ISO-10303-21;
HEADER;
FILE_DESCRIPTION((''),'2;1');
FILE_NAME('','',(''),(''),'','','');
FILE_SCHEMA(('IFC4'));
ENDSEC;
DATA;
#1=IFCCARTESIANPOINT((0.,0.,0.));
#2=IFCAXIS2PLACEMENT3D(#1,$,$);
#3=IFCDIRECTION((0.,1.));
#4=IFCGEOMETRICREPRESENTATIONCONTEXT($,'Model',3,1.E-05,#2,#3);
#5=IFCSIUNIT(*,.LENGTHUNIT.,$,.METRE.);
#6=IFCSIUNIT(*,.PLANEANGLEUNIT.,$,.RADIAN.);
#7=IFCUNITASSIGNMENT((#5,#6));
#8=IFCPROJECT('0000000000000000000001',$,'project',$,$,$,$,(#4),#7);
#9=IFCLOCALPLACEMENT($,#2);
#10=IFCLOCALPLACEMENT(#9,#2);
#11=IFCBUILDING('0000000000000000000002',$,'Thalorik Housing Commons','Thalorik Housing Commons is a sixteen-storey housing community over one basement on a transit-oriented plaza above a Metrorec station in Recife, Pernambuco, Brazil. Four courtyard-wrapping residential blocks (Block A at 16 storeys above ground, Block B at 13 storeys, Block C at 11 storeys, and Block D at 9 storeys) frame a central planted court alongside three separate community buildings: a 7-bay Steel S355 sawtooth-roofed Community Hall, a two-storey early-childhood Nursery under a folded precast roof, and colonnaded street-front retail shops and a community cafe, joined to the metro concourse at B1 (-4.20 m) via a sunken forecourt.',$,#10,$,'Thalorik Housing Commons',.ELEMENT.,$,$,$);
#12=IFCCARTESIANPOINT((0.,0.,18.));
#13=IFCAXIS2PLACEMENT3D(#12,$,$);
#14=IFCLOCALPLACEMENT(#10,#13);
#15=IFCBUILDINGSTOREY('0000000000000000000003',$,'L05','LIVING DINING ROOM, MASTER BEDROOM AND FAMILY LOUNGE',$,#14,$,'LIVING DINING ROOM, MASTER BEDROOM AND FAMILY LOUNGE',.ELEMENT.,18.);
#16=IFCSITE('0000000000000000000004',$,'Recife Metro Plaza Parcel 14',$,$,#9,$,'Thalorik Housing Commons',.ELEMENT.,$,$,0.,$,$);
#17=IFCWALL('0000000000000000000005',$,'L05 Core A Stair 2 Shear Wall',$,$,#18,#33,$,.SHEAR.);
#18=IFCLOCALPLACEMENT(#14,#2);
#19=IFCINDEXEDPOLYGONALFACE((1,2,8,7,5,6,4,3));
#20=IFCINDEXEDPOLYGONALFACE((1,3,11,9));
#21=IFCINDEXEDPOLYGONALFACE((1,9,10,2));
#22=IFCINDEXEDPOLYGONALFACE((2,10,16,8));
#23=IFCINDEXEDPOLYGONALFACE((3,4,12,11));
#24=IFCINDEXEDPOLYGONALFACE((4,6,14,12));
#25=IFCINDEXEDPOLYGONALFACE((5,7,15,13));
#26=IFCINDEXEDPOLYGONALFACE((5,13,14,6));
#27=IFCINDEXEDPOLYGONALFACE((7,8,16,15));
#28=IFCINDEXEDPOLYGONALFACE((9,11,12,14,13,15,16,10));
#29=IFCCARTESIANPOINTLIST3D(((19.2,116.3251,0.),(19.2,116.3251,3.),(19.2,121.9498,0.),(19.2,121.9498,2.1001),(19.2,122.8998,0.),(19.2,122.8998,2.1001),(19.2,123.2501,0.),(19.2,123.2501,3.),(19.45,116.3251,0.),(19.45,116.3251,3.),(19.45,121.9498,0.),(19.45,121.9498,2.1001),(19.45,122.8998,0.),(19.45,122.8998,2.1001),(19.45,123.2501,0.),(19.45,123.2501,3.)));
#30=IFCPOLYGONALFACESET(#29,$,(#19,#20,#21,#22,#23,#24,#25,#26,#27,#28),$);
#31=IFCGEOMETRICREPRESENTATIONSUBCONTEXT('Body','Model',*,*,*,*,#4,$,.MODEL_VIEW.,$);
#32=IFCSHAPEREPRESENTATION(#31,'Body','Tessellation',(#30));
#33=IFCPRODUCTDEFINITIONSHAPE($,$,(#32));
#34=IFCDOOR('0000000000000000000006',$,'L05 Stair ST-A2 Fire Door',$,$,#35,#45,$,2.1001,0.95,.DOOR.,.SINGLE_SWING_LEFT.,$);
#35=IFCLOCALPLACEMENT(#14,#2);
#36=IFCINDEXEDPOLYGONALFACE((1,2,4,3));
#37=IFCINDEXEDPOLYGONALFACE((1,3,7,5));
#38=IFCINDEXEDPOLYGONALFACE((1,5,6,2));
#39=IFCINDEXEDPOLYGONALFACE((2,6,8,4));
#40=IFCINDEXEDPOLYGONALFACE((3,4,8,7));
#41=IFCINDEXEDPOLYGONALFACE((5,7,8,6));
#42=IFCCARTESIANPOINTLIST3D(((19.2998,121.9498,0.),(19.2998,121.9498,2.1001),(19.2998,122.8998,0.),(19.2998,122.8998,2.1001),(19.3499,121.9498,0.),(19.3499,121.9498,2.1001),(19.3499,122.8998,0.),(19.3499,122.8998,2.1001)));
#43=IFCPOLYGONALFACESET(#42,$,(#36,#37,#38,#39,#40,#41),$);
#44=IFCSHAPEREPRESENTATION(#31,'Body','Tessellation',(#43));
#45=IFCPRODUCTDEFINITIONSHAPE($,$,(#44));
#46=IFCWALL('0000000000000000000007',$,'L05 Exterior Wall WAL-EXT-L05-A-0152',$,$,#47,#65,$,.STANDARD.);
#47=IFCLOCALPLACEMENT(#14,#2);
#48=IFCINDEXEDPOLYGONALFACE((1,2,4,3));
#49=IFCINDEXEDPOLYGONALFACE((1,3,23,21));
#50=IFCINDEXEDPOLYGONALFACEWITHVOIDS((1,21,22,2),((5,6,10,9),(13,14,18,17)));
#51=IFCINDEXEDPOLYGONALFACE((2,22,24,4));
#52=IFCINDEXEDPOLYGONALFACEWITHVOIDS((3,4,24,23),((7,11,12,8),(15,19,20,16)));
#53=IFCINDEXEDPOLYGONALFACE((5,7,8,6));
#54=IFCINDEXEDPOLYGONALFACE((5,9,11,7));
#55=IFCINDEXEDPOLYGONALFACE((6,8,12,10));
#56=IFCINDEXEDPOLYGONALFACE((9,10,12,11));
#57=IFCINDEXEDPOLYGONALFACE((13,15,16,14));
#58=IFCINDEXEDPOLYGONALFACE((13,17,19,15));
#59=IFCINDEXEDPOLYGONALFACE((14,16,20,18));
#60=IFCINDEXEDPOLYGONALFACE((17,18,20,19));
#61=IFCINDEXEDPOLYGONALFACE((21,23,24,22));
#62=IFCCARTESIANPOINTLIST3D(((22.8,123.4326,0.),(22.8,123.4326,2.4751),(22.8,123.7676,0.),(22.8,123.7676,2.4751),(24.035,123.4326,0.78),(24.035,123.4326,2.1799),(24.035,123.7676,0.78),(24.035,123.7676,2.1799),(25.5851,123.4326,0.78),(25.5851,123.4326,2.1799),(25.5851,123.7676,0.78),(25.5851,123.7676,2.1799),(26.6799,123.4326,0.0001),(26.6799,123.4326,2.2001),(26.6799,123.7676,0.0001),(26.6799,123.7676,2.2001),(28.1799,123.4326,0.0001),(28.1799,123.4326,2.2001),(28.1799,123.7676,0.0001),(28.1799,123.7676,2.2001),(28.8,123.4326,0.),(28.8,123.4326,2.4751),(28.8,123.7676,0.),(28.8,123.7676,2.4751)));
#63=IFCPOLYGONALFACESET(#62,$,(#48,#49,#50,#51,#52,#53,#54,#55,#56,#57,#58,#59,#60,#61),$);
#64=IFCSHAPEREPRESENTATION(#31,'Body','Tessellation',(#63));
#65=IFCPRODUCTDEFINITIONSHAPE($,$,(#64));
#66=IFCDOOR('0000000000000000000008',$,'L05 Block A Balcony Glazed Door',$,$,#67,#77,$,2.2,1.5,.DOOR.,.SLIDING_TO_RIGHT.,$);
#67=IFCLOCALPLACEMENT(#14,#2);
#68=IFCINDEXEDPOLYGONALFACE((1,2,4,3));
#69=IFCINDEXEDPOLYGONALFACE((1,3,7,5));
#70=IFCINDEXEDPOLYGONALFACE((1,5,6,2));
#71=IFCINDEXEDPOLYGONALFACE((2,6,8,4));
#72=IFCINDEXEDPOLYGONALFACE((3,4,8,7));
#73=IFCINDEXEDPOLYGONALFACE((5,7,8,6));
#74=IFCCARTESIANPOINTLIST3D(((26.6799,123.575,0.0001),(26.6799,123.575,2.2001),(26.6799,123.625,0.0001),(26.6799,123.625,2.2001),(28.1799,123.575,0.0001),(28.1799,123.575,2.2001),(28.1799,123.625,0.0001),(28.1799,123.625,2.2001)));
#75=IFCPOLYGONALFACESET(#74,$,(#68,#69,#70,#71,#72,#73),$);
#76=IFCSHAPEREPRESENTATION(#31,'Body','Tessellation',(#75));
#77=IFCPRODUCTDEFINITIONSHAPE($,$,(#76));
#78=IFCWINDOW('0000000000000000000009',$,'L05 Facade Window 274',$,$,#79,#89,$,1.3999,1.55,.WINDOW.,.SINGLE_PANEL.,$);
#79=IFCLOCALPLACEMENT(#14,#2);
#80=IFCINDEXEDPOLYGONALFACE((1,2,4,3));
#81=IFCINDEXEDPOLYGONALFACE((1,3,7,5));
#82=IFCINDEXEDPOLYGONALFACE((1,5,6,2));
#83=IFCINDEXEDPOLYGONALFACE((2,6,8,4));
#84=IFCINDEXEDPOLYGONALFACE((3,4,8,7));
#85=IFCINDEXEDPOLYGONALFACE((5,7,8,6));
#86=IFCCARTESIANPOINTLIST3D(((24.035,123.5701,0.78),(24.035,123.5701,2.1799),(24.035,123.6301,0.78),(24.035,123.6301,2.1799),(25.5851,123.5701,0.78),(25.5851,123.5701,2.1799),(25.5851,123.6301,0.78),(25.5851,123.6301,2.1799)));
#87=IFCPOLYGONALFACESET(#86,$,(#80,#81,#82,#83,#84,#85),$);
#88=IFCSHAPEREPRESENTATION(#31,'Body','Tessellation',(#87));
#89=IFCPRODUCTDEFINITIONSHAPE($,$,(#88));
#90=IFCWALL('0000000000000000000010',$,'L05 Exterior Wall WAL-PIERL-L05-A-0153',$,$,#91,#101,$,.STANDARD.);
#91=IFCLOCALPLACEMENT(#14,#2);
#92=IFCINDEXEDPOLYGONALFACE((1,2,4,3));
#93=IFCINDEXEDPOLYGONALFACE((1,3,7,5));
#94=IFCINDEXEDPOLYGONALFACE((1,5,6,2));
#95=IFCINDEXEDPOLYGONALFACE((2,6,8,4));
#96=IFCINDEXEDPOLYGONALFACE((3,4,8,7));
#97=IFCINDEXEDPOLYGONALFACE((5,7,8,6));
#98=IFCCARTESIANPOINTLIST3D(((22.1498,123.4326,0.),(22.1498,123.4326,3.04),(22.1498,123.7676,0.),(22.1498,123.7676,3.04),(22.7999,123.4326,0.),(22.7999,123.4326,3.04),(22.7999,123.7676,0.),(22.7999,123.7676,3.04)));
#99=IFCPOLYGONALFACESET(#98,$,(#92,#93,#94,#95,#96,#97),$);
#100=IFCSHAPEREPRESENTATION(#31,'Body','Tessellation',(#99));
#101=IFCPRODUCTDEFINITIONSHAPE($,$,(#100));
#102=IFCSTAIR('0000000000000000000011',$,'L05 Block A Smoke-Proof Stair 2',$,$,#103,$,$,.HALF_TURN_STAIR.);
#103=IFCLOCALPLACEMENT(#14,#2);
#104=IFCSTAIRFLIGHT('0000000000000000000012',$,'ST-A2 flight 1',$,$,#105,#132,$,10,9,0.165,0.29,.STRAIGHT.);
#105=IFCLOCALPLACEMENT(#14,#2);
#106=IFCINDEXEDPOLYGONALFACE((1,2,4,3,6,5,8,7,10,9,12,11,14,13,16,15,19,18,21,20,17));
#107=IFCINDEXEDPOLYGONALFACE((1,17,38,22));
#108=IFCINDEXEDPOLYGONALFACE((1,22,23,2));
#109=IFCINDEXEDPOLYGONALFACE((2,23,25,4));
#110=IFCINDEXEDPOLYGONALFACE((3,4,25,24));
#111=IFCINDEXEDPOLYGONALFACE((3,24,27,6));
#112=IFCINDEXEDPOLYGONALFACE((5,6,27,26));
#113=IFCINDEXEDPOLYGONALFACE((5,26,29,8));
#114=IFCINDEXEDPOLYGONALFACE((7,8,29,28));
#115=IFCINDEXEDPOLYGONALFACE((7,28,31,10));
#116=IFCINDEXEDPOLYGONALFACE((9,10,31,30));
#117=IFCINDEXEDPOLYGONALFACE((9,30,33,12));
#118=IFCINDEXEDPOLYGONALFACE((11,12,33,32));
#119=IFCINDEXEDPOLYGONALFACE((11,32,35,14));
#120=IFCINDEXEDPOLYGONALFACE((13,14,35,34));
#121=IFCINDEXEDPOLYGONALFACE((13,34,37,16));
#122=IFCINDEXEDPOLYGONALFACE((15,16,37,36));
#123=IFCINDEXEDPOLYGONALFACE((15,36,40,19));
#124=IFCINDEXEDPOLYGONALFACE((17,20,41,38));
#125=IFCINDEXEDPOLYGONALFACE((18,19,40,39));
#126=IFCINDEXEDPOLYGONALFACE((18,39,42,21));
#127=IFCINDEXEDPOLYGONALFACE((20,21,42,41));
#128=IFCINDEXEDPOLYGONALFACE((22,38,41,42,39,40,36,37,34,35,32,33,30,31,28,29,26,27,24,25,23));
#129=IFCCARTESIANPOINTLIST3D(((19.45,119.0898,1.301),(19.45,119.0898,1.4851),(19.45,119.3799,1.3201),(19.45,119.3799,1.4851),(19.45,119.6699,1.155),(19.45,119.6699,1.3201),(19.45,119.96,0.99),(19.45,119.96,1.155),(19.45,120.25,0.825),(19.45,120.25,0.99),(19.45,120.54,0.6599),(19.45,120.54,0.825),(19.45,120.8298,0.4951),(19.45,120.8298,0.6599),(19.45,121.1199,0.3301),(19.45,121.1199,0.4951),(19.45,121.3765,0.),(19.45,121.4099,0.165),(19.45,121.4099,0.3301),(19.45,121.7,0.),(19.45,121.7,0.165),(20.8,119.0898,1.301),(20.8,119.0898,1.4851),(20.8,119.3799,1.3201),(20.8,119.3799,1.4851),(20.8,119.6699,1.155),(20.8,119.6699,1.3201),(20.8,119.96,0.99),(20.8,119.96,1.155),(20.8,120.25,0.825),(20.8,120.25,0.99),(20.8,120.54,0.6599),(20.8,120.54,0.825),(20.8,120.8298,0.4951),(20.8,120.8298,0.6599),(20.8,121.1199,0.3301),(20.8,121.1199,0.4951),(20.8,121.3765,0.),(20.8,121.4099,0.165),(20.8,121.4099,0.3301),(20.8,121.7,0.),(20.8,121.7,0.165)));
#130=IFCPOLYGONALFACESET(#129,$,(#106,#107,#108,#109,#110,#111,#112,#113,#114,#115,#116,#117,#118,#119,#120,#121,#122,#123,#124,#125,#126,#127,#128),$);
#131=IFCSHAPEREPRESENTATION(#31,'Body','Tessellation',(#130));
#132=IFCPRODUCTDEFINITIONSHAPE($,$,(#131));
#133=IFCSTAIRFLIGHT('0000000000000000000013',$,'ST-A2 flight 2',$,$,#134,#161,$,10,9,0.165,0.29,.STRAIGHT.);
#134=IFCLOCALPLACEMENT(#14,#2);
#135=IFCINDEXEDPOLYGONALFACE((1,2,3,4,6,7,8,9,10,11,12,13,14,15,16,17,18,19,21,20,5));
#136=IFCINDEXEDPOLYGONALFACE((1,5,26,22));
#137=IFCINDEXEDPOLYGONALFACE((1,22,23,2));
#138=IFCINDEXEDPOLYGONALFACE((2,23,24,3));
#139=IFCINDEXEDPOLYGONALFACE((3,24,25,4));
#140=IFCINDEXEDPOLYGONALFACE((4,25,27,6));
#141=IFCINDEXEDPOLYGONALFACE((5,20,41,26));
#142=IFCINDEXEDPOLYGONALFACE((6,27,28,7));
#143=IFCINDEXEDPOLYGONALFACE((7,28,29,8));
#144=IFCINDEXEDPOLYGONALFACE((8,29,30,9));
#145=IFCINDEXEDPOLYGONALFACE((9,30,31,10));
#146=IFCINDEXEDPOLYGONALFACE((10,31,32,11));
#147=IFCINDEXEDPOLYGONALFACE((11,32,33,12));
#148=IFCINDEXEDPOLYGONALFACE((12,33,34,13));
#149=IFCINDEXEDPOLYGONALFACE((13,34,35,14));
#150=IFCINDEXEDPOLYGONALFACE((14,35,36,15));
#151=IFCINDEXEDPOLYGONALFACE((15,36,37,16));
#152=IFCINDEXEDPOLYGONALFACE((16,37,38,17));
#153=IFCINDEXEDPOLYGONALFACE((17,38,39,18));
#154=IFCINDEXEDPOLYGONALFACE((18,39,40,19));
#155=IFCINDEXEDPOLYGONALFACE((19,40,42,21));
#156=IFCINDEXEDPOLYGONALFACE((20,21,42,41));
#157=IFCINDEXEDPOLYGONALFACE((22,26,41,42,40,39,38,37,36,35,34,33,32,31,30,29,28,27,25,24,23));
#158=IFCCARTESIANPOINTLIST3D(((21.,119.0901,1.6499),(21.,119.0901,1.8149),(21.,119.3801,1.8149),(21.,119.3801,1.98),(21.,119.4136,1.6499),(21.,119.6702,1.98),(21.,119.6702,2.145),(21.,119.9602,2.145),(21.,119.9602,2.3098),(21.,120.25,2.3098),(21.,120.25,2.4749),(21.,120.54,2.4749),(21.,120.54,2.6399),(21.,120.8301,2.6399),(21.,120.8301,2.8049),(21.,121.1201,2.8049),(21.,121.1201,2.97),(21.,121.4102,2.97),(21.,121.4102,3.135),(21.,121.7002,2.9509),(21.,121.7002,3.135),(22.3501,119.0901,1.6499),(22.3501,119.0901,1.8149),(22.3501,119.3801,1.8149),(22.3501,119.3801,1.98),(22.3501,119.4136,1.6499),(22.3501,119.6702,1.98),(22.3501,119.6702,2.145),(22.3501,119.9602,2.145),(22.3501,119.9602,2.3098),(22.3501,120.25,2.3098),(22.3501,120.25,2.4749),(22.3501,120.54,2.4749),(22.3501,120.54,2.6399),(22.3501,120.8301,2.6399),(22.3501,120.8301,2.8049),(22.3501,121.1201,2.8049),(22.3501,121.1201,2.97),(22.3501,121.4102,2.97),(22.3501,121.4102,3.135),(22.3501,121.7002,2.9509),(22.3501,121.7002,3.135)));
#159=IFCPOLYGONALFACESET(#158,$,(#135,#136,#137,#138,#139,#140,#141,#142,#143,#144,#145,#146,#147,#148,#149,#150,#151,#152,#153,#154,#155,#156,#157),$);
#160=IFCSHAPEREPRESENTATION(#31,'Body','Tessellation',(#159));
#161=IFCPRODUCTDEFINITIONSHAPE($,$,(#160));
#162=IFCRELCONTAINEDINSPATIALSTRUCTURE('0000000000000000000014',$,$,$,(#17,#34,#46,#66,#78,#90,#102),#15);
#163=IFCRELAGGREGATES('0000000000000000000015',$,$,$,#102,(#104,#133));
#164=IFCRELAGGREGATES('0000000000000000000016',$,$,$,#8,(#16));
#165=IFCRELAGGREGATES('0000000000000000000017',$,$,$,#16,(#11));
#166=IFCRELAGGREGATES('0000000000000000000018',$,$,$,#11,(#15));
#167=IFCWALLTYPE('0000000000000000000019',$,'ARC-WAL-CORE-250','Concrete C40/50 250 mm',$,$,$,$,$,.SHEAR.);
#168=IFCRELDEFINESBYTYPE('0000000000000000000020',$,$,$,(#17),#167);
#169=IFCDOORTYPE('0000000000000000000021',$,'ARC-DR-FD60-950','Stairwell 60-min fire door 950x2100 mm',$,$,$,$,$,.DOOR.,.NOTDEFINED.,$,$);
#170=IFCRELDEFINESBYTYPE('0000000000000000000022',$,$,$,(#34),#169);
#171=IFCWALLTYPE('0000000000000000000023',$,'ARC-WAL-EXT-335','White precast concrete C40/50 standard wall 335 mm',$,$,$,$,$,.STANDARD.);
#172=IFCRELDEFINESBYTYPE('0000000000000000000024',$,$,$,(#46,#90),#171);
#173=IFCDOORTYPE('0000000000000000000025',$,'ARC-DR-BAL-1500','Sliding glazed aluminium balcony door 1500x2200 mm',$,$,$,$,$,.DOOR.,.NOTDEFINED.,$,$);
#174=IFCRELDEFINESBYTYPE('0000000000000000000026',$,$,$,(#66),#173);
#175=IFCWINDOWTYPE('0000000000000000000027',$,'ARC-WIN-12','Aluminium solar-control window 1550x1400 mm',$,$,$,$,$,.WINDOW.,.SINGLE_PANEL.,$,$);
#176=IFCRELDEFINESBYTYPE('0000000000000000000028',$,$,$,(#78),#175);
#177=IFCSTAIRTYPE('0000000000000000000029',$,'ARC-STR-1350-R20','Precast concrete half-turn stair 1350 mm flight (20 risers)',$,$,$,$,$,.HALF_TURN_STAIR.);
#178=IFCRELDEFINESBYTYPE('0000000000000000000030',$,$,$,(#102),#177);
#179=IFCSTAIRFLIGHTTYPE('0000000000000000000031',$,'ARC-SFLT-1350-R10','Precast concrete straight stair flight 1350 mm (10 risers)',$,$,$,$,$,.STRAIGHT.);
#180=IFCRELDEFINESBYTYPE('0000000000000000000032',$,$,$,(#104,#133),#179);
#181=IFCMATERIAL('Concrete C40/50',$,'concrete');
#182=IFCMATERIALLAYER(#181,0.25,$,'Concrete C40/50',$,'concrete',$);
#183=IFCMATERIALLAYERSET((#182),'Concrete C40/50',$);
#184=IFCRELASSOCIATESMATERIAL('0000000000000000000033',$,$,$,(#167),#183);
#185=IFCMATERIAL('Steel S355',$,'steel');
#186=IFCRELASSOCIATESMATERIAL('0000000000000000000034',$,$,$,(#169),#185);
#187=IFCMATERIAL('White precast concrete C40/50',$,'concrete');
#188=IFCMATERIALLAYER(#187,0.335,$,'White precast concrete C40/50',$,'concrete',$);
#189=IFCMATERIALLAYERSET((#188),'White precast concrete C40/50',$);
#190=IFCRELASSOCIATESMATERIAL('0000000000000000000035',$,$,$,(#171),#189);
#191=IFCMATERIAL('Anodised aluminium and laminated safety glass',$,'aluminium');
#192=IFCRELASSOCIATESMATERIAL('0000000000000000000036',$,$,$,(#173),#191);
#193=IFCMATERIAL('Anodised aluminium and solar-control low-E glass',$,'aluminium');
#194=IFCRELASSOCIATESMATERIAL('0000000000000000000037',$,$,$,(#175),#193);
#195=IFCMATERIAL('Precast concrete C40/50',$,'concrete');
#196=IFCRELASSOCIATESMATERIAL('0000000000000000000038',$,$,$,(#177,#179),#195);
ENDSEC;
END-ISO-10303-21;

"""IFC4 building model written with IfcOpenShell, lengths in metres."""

from ifc_helpers import new_model, si_unit, direction, frame, frame_2d, origin, place, context, subcontext, project, spatial, polyline, rectangle, outline, extrude, material, layer, layer_set, type_object, element, fill, aggregate, save


model = new_model("IFC4")

# Units and contexts
model_context = context("Model", 3, precision=1e-05, world=origin(), true_north=direction((0.0, 1.0)))
body_context = subcontext(model_context, "Body", "Model", "MODEL_VIEW")
ifc_project = project(units=[si_unit("LENGTHUNIT", "METRE"), si_unit("PLANEANGLEUNIT", "RADIAN")], contexts=[model_context])

# Site, building, storey
site_placement = place(None, origin())
site = spatial("IfcSite", under=ifc_project, at=site_placement, Name="Recife Metro Plaza Parcel 14", LongName="Thalorik Housing Commons", CompositionType="ELEMENT", RefElevation=0.0)
building_placement = place(site_placement, origin())
building = spatial("IfcBuilding", under=site, at=building_placement, Name="Thalorik Housing Commons", Description="Thalorik Housing Commons is a sixteen-storey housing community over one basement on a transit-oriented plaza above a Metrorec station in Recife, Pernambuco, Brazil. Four courtyard-wrapping residential blocks (Block A at 16 storeys above ground, Block B at 13 storeys, Block C at 11 storeys, and Block D at 9 storeys) frame a central planted court alongside three separate community buildings: a 7-bay Steel S355 sawtooth-roofed Community Hall, a two-storey early-childhood Nursery under a folded precast roof, and colonnaded street-front retail shops and a community cafe, joined to the metro concourse at B1 (-4.20 m) via a sunken forecourt.", LongName="Thalorik Housing Commons", CompositionType="ELEMENT")
storey_placement = place(building_placement, frame((0.0, 0.0, 18.0)))
storey = spatial("IfcBuildingStorey", under=building, at=storey_placement, Name="L05", Description="LIVING DINING ROOM, MASTER BEDROOM AND FAMILY LOUNGE", LongName="LIVING DINING ROOM, MASTER BEDROOM AND FAMILY LOUNGE", CompositionType="ELEMENT", Elevation=18.0)

# Shared definitions
ifc_material_1 = material(Name="Precast concrete C40/50", Category="concrete")

# Shared definitions
ifc_material_2 = material(Name="Anodised aluminium and solar-control low-E glass", Category="aluminium")

# Shared definitions
ifc_material_3 = material(Name="Concrete C40/50", Category="concrete")
ifc_layer_1 = layer(ifc_material_3, 0.25, Name="Concrete C40/50", Category="concrete")
ifc_layer_set_1 = layer_set([ifc_layer_1], Name="Concrete C40/50")
wall_type_1 = type_object("IfcWallType", Name="ARC-WAL-CORE-250", Description="Concrete C40/50 250 mm", PredefinedType="SHEAR", material=ifc_layer_set_1)

# Wall, opening, door
wall_1_placement = place(storey_placement, frame((19.325, 123.25, 0.0), z_axis=(0.0, 0.0, 1.0), x_axis=(0.0, -1.0, 0.0)))
wall_1 = element("IfcWall", 1, at=wall_1_placement, inside=storey, type_object=wall_type_1, Name="L05 Core A Stair 2 Shear Wall", PredefinedType="SHEAR", context=body_context, shape_type="SweptSolid", body=[
    extrude(rectangle(XDim=6.925, YDim=0.25, at=frame_2d((3.4624, 0.0))), origin(), (0.0, 0.0, 1.0), 3.0),
])
opening_1_placement = place(wall_1_placement, frame((0.3501, 0.0, 0.0)))
opening_1 = element("IfcOpeningElement", 2, at=opening_1_placement, cuts=wall_1, PredefinedType="OPENING", context=body_context, shape_type="SweptSolid", body=[
    extrude(rectangle(XDim=0.95, YDim=2.1001, at=frame_2d((0.4751, 1.05))), frame((0.0, 0.135, 0.0), z_axis=(0.0, -1.0, 0.0), x_axis=(1.0, 0.0, 0.0)), (0.0, 0.0, 1.0), 0.27),
])
ifc_material_4 = material(Name="Steel S355", Category="steel")
door_type_1 = type_object("IfcDoorType", Name="ARC-DR-FD60-950", Description="Stairwell 60-min fire door 950x2100 mm", OperationType="NOTDEFINED", PredefinedType="DOOR", material=ifc_material_4)
door_1_placement = place(opening_1_placement, origin())
door_1 = element("IfcDoor", 3, at=door_1_placement, inside=storey, type_object=door_type_1, Name="L05 Stair ST-A2 Fire Door", OperationType="SINGLE_SWING_LEFT", OverallHeight=2.1001, OverallWidth=0.95, PredefinedType="DOOR", context=body_context, shape_type="SweptSolid", body=[
    extrude(rectangle(XDim=0.95, YDim=2.1001, at=frame_2d((0.4751, 1.05))), frame((0.0, 0.0249, 0.0), z_axis=(0.0, -1.0, 0.0), x_axis=(1.0, 0.0, 0.0)), (0.0, 0.0, 1.0), 0.05),
])
fill(opening_1, door_1)

# Wall, openings, door, window
ifc_material_5 = material(Name="White precast concrete C40/50", Category="concrete")
ifc_layer_2 = layer(ifc_material_5, 0.335, Name="White precast concrete C40/50", Category="concrete")
ifc_layer_set_2 = layer_set([ifc_layer_2], Name="White precast concrete C40/50")
wall_type_2 = type_object("IfcWallType", Name="ARC-WAL-EXT-335", Description="White precast concrete C40/50 standard wall 335 mm", PredefinedType="STANDARD", material=ifc_layer_set_2)
wall_2_placement = place(storey_placement, frame((28.8, 123.6001, 0.0), z_axis=(0.0, 0.0, 1.0), x_axis=(-1.0, 0.0, 0.0)))
wall_2 = element("IfcWall", 4, at=wall_2_placement, inside=storey, type_object=wall_type_2, Name="L05 Exterior Wall WAL-EXT-L05-A-0152", PredefinedType="STANDARD", context=body_context, shape_type="SweptSolid", body=[
    extrude(rectangle(XDim=6.0, YDim=0.335, at=frame_2d((3.0, 0.0))), origin(), (0.0, 0.0, 1.0), 2.4751),
])
opening_2_placement = place(wall_2_placement, frame((0.6201, 0.0, 0.0)))
opening_2 = element("IfcOpeningElement", 5, at=opening_2_placement, cuts=wall_2, PredefinedType="OPENING", context=body_context, shape_type="SweptSolid", body=[
    extrude(rectangle(XDim=1.5, YDim=2.2, at=frame_2d((0.75, 1.1001))), frame((0.0, 0.1775, 0.0), z_axis=(0.0, -1.0, 0.0), x_axis=(1.0, 0.0, 0.0)), (0.0, 0.0, 1.0), 0.355),
])
opening_3_placement = place(wall_2_placement, frame((3.2151, 0.0, 0.78)))
opening_3 = element("IfcOpeningElement", 6, at=opening_3_placement, cuts=wall_2, PredefinedType="OPENING", context=body_context, shape_type="SweptSolid", body=[
    extrude(rectangle(XDim=1.55, YDim=1.3999, at=frame_2d((0.7749, 0.7))), frame((0.0, 0.1775, 0.0), z_axis=(0.0, -1.0, 0.0), x_axis=(1.0, 0.0, 0.0)), (0.0, 0.0, 1.0), 0.355),
])
ifc_material_6 = material(Name="Anodised aluminium and laminated safety glass", Category="aluminium")
door_type_2 = type_object("IfcDoorType", Name="ARC-DR-BAL-1500", Description="Sliding glazed aluminium balcony door 1500x2200 mm", OperationType="NOTDEFINED", PredefinedType="DOOR", material=ifc_material_6)
door_2_placement = place(opening_2_placement, frame((1.5, 0.0, 0.0), z_axis=(0.0, 0.0, 1.0), x_axis=(-1.0, 0.0, 0.0)))
door_2 = element("IfcDoor", 7, at=door_2_placement, inside=storey, type_object=door_type_2, Name="L05 Block A Balcony Glazed Door", OperationType="SLIDING_TO_RIGHT", OverallHeight=2.2, OverallWidth=1.5, PredefinedType="DOOR", context=body_context, shape_type="SweptSolid", body=[
    extrude(rectangle(XDim=1.5, YDim=2.2, at=frame_2d((0.75, 1.1001))), frame((0.0, 0.0249, 0.0), z_axis=(0.0, -1.0, 0.0), x_axis=(1.0, 0.0, 0.0)), (0.0, 0.0, 1.0), 0.05),
])
fill(opening_2, door_2)
window_type = type_object("IfcWindowType", Name="ARC-WIN-12", Description="Aluminium solar-control window 1550x1400 mm", PartitioningType="SINGLE_PANEL", PredefinedType="WINDOW", material=ifc_material_2)
window_placement = place(opening_3_placement, origin())
window = element("IfcWindow", 8, at=window_placement, inside=storey, type_object=window_type, Name="L05 Facade Window 274", OverallHeight=1.3999, OverallWidth=1.55, PartitioningType="SINGLE_PANEL", PredefinedType="WINDOW", context=body_context, shape_type="SweptSolid", body=[
    extrude(rectangle(XDim=1.55, YDim=1.3999, at=frame_2d((0.7749, 0.7))), frame((0.0, 0.03, 0.0), z_axis=(0.0, -1.0, 0.0), x_axis=(1.0, 0.0, 0.0)), (0.0, 0.0, 1.0), 0.0601),
])
fill(opening_3, window)

# Wall
wall_3_placement = place(storey_placement, frame((22.8, 123.6001, 0.0), z_axis=(0.0, 0.0, 1.0), x_axis=(-1.0, 0.0, 0.0)))
element("IfcWall", 9, at=wall_3_placement, inside=storey, type_object=wall_type_2, Name="L05 Exterior Wall WAL-PIERL-L05-A-0153", PredefinedType="STANDARD", context=body_context, shape_type="SweptSolid", body=[
    extrude(rectangle(XDim=0.6501, YDim=0.335, at=frame_2d((0.3252, 0.0))), origin(), (0.0, 0.0, 1.0), 3.04),
])

# Stair, stair flights
stair_type = type_object("IfcStairType", Name="ARC-STR-1350-R20", Description="Precast concrete half-turn stair 1350 mm flight (20 risers)", PredefinedType="HALF_TURN_STAIR", material=ifc_material_1)
stair_placement = place(storey_placement, origin())
stair = element("IfcStair", 10, at=stair_placement, inside=storey, type_object=stair_type, Name="L05 Block A Smoke-Proof Stair 2", PredefinedType="HALF_TURN_STAIR")
stair_flight_type = type_object("IfcStairFlightType", Name="ARC-SFLT-1350-R10", Description="Precast concrete straight stair flight 1350 mm (10 risers)", PredefinedType="STRAIGHT", material=ifc_material_1)
stair_flight_1_placement = place(storey_placement, frame((20.125, 121.7, 0.0), z_axis=(0.0, 0.0, 1.0), x_axis=(0.0, -1.0, 0.0)))
stair_flight_1 = element("IfcStairFlight", 11, at=stair_flight_1_placement, type_object=stair_flight_type, Name="ST-A2 flight 1", NumberOfRisers=10, NumberOfTreads=9, PredefinedType="STRAIGHT", RiserHeight=0.165, TreadLength=0.29, context=body_context, shape_type="SweptSolid", body=[
    extrude(outline(polyline([(0.0, 0.0), (0.0, 0.165), (0.29, 0.165), (0.29, 0.3301), (0.5801, 0.3301), (0.5801, 0.4951), (0.8701, 0.4951), (0.8701, 0.6599), (1.1599, 0.6599), (1.1599, 0.825), (1.45, 0.825), (1.45, 0.99), (1.74, 0.99), (1.74, 1.155), (2.03, 1.155), (2.03, 1.3201), (2.3201, 1.3201), (2.3201, 1.4851), (2.6101, 1.4851), (2.6101, 1.6499), (2.6101, 1.301), (0.3235, 0.0), (0.0, 0.0)])), frame((0.0, 0.675, 0.0), z_axis=(0.0, -1.0, 0.0), x_axis=(1.0, 0.0, 0.0)), (0.0, 0.0, 1.0), 1.3501),
])
stair_flight_2_placement = place(storey_placement, frame((21.675, 119.0901, 1.6499), z_axis=(0.0, 0.0, 1.0), x_axis=(0.0, 1.0, 0.0)))
stair_flight_2 = element("IfcStairFlight", 12, at=stair_flight_2_placement, type_object=stair_flight_type, Name="ST-A2 flight 2", NumberOfRisers=10, NumberOfTreads=9, PredefinedType="STRAIGHT", RiserHeight=0.165, TreadLength=0.29, context=body_context, shape_type="SweptSolid", body=[
    extrude(outline(polyline([(0.0, 0.0), (0.0, 0.165), (0.29, 0.165), (0.29, 0.3301), (0.5801, 0.3301), (0.5801, 0.4951), (0.8701, 0.4951), (0.8701, 0.6599), (1.1599, 0.6599), (1.1599, 0.825), (1.45, 0.825), (1.45, 0.99), (1.74, 0.99), (1.74, 1.155), (2.03, 1.155), (2.03, 1.3201), (2.3201, 1.3201), (2.3201, 1.4851), (2.6101, 1.4851), (2.6101, 1.6499), (2.6101, 1.301), (0.3235, 0.0), (0.0, 0.0)])), frame((0.0, 0.675, 0.0), z_axis=(0.0, -1.0, 0.0), x_axis=(1.0, 0.0, 0.0)), (0.0, 0.0, 1.0), 1.3501),
])
aggregate(stair, [stair_flight_1, stair_flight_2])

save(model, "model.ifc")
